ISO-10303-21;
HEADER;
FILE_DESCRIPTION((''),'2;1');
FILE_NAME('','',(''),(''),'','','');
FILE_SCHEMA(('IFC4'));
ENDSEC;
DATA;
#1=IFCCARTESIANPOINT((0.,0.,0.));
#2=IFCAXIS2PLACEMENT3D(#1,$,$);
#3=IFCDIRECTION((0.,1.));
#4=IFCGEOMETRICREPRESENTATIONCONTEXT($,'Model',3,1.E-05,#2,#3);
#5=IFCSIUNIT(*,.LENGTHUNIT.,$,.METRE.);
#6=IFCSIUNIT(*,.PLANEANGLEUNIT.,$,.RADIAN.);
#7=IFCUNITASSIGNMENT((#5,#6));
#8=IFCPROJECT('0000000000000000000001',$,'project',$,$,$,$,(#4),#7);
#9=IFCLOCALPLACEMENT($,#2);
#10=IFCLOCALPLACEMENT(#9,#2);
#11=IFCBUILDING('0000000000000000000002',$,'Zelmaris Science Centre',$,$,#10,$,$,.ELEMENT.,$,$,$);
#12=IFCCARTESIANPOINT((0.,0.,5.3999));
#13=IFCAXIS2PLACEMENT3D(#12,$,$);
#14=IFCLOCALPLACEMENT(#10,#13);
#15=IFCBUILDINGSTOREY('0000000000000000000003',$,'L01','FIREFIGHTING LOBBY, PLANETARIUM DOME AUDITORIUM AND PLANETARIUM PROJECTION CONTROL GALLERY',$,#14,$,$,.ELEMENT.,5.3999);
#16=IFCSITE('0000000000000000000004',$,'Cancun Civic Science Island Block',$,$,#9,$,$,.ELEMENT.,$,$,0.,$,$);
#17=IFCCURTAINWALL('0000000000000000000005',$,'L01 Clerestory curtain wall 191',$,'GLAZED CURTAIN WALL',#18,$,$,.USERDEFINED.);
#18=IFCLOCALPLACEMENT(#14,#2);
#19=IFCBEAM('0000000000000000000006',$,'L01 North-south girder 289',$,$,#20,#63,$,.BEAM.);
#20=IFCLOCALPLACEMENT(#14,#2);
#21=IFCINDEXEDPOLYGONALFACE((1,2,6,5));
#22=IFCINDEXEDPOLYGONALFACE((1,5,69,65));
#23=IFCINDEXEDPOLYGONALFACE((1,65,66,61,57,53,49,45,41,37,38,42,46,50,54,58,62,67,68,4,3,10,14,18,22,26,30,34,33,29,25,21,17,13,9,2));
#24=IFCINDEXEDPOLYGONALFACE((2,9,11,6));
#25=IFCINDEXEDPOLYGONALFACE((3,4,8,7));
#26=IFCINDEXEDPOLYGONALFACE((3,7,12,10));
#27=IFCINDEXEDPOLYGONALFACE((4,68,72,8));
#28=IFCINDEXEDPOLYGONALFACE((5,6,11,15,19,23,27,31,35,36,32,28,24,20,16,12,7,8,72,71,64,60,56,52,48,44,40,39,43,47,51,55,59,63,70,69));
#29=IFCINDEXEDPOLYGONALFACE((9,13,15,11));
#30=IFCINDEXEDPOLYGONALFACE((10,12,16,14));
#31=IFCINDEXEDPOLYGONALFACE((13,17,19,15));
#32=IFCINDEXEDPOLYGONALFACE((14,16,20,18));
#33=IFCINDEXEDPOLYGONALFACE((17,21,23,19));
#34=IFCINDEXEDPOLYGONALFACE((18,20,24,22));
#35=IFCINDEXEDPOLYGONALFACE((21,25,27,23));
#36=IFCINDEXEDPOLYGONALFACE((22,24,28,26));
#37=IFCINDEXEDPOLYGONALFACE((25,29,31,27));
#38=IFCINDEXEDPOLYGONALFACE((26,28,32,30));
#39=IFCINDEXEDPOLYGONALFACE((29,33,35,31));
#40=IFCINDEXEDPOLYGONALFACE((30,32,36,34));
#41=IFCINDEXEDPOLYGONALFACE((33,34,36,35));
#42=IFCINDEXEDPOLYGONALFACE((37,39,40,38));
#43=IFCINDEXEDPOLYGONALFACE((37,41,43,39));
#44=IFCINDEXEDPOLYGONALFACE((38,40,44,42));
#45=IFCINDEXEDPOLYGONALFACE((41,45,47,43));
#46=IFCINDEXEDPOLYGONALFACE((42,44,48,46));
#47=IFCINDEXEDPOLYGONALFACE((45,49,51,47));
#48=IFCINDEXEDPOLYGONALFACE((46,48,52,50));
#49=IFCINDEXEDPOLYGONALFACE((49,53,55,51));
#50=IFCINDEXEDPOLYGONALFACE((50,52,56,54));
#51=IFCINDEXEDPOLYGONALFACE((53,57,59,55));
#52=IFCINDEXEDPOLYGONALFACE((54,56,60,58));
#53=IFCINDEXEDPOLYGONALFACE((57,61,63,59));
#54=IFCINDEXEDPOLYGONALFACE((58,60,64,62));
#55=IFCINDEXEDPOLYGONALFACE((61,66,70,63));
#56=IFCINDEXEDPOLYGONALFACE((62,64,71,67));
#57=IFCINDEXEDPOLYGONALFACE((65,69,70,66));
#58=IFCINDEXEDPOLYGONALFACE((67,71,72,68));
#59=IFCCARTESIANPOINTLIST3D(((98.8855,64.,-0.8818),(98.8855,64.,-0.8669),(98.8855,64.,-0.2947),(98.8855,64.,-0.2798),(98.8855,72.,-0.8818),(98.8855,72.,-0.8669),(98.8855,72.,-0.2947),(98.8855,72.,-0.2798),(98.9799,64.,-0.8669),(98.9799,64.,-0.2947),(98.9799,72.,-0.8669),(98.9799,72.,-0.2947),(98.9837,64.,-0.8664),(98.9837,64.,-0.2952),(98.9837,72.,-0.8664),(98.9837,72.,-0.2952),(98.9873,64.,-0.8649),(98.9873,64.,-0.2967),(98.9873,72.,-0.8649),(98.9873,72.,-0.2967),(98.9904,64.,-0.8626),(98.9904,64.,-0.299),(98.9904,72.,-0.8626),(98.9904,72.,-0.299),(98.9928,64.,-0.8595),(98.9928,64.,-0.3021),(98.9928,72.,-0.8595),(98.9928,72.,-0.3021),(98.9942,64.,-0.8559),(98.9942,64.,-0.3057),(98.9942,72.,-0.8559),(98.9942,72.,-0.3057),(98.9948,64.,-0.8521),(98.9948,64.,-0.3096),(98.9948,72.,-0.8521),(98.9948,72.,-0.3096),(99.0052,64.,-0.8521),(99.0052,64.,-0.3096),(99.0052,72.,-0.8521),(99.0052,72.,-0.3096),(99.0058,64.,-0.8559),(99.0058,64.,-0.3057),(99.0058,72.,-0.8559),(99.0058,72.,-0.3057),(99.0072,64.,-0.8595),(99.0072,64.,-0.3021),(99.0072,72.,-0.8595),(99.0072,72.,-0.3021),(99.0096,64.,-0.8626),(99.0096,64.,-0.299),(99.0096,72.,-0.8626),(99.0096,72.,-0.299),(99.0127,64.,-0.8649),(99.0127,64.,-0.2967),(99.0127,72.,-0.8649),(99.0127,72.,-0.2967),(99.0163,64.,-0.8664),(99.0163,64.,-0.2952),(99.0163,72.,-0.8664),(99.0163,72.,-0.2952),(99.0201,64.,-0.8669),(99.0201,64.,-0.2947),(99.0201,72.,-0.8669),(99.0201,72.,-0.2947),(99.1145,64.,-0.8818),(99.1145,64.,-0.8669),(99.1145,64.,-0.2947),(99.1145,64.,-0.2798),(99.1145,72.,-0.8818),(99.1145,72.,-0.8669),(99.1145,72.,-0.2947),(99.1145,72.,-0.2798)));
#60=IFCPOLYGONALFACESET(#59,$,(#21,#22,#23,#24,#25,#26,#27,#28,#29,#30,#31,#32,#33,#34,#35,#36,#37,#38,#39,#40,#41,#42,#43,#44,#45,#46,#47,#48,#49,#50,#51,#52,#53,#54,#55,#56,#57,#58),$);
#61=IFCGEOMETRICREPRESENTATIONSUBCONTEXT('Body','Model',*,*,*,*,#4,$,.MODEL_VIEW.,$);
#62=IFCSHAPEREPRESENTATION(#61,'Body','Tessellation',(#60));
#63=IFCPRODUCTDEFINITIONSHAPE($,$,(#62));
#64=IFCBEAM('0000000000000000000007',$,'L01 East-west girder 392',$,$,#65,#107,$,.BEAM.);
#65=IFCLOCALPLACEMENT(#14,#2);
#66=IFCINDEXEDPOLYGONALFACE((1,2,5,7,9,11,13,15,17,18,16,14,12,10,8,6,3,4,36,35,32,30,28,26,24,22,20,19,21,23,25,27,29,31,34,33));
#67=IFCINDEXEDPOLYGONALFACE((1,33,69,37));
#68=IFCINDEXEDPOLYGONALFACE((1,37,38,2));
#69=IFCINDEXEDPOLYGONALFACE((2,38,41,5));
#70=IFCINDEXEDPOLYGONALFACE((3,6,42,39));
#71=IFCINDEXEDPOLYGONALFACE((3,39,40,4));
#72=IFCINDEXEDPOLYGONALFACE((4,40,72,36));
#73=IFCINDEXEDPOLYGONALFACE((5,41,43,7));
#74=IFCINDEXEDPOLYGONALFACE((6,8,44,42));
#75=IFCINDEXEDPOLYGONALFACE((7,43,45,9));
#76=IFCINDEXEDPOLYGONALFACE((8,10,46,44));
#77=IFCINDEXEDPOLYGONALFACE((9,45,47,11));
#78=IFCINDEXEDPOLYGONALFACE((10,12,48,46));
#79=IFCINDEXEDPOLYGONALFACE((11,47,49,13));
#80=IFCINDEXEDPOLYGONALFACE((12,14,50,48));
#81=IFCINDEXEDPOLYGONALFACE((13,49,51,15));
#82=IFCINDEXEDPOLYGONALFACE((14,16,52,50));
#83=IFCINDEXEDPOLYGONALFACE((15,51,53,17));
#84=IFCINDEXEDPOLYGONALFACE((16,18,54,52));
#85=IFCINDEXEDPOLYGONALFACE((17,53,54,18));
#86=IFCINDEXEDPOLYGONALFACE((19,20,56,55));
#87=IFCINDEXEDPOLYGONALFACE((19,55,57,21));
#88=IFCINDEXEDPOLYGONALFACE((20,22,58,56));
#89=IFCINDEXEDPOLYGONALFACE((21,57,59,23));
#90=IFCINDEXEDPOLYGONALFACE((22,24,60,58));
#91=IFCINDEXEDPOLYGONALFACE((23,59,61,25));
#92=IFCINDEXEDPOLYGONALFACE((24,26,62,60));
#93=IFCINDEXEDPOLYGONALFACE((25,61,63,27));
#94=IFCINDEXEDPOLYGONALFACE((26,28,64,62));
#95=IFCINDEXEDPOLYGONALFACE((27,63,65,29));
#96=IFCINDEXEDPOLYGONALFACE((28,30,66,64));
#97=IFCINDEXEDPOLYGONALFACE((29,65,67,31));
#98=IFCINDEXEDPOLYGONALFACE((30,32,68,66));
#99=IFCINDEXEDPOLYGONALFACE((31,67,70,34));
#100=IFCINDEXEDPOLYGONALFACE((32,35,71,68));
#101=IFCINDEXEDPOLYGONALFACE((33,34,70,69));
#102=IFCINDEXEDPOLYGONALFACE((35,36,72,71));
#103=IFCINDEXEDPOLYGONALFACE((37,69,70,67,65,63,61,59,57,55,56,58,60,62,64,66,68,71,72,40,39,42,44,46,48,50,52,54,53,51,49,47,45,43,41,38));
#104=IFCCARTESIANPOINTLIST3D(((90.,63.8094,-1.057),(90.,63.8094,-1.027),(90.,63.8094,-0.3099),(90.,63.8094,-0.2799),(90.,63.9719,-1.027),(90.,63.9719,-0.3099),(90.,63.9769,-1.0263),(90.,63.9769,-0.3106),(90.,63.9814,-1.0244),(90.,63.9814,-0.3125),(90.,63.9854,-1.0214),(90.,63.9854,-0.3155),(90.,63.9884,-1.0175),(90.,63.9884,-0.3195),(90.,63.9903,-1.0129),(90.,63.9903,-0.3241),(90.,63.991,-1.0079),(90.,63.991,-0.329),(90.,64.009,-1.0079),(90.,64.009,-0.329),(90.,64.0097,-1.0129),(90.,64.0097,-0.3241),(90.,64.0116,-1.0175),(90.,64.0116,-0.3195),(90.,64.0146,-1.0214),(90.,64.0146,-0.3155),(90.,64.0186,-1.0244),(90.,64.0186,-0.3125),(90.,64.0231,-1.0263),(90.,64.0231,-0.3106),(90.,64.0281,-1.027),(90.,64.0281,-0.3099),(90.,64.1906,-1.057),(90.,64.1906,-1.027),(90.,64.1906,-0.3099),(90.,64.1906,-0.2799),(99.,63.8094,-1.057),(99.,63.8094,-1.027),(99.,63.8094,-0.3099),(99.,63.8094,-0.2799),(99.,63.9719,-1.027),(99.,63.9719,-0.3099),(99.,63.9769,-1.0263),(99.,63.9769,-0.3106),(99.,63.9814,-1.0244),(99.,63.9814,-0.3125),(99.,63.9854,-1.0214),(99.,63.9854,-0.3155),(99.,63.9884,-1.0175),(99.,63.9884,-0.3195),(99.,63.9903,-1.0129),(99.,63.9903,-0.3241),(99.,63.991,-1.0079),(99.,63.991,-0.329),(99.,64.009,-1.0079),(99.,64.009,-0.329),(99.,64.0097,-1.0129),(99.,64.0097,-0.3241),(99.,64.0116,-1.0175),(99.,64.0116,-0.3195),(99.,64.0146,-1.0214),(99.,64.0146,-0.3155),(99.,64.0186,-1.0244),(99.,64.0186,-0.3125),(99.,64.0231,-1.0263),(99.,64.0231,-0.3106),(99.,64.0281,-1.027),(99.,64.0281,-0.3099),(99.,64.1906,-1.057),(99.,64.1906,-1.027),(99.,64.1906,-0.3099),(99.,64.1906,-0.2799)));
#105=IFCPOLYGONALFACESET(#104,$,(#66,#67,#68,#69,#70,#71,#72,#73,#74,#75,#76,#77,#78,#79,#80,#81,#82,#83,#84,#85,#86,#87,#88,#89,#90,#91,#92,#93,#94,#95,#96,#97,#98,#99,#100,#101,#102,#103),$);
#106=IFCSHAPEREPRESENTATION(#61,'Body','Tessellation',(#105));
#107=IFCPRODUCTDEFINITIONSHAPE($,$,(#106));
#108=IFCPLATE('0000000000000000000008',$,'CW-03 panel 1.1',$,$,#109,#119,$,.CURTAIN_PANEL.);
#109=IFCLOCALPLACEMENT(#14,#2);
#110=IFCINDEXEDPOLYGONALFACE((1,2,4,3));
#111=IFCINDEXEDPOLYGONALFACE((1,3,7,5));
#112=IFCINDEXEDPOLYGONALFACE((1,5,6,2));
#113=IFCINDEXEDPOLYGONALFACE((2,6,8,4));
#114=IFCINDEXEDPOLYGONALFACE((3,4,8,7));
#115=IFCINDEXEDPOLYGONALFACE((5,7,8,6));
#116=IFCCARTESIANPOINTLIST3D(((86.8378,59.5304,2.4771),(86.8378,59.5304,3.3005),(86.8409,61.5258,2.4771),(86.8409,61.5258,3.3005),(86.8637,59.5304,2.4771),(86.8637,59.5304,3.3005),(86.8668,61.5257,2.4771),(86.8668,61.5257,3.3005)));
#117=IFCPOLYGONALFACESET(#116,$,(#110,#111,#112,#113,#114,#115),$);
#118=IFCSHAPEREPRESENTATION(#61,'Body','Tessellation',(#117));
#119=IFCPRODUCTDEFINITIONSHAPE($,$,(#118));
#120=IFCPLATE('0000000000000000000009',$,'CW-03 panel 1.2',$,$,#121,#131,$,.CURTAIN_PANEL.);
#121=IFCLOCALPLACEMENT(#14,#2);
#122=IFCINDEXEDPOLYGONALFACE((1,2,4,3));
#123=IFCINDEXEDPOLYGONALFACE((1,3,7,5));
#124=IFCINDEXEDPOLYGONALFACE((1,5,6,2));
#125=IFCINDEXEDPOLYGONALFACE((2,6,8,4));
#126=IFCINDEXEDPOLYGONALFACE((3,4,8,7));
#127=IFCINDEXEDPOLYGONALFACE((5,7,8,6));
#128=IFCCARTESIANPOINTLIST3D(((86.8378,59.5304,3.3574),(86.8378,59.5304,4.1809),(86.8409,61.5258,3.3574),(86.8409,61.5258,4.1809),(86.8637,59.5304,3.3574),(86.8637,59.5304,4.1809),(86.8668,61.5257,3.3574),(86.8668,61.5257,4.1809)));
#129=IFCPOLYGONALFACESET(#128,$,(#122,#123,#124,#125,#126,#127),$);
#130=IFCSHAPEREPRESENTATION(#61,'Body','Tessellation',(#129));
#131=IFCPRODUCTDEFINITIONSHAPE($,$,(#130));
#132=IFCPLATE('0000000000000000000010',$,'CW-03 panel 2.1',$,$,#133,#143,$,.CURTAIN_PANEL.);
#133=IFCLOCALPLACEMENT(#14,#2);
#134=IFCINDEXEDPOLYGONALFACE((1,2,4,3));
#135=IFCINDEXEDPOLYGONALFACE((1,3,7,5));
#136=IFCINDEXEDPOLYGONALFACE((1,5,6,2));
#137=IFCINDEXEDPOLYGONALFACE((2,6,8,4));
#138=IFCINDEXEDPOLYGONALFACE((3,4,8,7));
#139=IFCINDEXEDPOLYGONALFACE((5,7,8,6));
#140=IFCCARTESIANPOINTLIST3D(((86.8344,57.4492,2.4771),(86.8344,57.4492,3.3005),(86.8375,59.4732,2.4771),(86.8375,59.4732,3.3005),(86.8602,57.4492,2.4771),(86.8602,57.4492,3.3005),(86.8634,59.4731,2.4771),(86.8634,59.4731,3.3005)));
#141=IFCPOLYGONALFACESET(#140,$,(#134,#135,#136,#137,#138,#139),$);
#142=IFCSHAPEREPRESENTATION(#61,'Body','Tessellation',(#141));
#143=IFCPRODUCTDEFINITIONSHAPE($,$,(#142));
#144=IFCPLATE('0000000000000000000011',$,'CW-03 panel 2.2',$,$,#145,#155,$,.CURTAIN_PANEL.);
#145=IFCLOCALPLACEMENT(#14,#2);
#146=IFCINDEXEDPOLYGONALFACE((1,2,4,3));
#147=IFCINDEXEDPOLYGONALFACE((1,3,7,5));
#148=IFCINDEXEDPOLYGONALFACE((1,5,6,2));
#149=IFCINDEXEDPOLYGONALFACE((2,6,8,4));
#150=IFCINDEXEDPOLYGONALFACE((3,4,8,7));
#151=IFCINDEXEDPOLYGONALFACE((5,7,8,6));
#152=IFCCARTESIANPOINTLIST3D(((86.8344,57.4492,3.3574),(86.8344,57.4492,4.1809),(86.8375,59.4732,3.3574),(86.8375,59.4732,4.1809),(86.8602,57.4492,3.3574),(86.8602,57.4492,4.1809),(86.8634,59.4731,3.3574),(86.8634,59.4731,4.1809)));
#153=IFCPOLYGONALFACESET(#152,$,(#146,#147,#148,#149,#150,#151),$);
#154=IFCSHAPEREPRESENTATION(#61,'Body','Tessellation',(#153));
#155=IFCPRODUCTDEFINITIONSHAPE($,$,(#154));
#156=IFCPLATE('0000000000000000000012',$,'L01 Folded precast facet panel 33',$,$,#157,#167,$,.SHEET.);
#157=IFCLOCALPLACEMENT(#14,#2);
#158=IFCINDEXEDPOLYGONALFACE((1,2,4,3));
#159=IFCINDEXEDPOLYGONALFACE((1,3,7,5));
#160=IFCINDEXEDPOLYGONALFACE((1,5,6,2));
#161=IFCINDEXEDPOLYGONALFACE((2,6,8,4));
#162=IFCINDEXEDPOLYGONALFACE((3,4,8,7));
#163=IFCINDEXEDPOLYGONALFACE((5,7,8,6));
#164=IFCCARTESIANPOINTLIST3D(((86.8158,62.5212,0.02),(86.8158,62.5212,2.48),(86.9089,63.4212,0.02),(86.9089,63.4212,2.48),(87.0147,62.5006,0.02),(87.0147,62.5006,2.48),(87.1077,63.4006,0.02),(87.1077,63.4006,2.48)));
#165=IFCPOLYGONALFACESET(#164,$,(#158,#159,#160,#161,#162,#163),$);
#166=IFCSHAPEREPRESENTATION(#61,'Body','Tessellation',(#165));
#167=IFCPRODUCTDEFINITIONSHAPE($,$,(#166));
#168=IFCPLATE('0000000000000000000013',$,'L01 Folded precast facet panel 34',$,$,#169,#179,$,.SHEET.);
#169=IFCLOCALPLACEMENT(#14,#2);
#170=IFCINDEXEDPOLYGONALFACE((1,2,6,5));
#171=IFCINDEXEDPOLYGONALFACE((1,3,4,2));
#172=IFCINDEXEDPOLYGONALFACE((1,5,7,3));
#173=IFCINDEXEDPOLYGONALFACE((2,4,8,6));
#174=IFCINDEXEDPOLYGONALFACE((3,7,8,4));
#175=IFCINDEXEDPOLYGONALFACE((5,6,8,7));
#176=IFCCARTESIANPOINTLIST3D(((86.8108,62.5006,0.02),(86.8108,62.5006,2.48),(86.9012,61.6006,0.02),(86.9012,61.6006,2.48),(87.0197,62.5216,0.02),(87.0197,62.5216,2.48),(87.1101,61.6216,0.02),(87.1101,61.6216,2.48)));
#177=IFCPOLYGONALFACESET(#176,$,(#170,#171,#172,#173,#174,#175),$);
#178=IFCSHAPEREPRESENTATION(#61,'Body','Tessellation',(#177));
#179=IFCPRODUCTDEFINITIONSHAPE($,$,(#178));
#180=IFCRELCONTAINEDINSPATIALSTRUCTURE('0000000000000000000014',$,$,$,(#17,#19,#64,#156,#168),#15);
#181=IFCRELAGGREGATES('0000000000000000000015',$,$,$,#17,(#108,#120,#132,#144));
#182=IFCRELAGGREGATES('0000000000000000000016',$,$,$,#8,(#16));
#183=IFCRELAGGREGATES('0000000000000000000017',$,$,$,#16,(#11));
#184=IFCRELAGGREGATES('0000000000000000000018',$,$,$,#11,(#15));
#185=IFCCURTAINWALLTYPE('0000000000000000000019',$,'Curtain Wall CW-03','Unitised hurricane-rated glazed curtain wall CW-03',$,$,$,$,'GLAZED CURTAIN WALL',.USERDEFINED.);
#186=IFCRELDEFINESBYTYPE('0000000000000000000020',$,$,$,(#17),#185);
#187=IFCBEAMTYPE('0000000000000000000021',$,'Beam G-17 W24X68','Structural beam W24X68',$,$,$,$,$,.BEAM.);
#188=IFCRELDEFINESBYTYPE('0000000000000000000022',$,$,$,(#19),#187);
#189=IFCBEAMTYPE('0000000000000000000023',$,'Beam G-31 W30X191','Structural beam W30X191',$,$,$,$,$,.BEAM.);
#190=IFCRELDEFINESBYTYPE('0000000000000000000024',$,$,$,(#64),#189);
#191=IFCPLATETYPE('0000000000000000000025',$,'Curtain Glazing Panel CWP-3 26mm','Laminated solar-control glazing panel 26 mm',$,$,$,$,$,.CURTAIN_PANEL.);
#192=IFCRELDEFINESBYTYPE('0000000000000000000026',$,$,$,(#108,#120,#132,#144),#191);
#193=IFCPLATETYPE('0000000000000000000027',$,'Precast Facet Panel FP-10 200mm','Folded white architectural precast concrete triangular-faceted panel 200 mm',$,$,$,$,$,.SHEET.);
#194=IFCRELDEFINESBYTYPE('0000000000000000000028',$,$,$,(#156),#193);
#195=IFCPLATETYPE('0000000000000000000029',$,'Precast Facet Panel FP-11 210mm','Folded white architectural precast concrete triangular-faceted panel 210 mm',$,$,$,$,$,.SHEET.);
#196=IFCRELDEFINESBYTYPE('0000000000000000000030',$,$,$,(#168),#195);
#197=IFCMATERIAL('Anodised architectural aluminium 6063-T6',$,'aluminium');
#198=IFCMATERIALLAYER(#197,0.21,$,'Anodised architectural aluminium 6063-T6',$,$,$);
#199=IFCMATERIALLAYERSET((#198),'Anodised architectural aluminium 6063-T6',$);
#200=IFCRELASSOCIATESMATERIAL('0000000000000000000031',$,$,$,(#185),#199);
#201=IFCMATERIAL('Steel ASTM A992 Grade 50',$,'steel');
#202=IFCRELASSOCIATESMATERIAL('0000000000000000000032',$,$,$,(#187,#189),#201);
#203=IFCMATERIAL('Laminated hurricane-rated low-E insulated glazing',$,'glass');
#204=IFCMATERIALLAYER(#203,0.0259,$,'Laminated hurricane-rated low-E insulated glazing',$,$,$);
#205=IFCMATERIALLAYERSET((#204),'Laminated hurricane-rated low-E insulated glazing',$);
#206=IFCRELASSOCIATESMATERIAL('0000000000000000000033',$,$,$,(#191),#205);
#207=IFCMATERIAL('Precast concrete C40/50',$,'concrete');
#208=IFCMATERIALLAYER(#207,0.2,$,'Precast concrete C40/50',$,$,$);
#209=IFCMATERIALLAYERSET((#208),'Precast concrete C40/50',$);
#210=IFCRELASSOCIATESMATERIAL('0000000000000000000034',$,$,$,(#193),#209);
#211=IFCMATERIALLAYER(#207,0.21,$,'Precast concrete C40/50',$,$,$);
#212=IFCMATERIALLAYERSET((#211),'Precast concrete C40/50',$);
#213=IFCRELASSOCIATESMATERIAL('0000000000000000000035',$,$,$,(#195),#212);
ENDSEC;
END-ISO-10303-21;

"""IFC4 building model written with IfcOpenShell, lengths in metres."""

from ifc_helpers import new_model, si_unit, direction, frame, frame_2d, origin, origin_2d, place, context, subcontext, project, spatial, rectangle, i_section, extrude, material, layer, layer_set, material_profile, profile_set, type_object, element, aggregate, save


model = new_model("IFC4")

# Units and contexts
model_context = context("Model", 3, precision=1e-05, world=origin(), true_north=direction((0.0, 1.0)))
body_context = subcontext(model_context, "Body", "Model", "MODEL_VIEW")
ifc_project = project(units=[si_unit("LENGTHUNIT", "METRE"), si_unit("PLANEANGLEUNIT", "RADIAN")], contexts=[model_context])

# Site, building, storey
site_placement = place(None, origin())
site = spatial("IfcSite", under=ifc_project, at=site_placement, Name="Cancun Civic Science Island Block", CompositionType="ELEMENT", RefElevation=0.0)
building_placement = place(site_placement, origin())
building = spatial("IfcBuilding", under=site, at=building_placement, Name="Zelmaris Science Centre", CompositionType="ELEMENT")
storey_placement = place(building_placement, frame((0.0, 0.0, 5.3999)))
storey = spatial("IfcBuildingStorey", under=building, at=storey_placement, Name="L01", Description="FIREFIGHTING LOBBY, PLANETARIUM DOME AUDITORIUM AND PLANETARIUM PROJECTION CONTROL GALLERY", CompositionType="ELEMENT", Elevation=5.3999)

# Shared definitions
ifc_material_1 = material(Name="Steel ASTM A992 Grade 50", Category="steel")

# Curtain wall
ifc_material_2 = material(Name="Anodised architectural aluminium 6063-T6", Category="aluminium")
ifc_layer_1 = layer(ifc_material_2, 0.21, Name="Anodised architectural aluminium 6063-T6")
ifc_layer_set_1 = layer_set([ifc_layer_1], Name="Anodised architectural aluminium 6063-T6")
curtain_wall_type = type_object("IfcCurtainWallType", Name="Curtain Wall CW-03", Description="Unitised hurricane-rated glazed curtain wall CW-03", ElementType="GLAZED CURTAIN WALL", PredefinedType="USERDEFINED", material=ifc_layer_set_1)
curtain_wall_placement = place(storey_placement, origin())
curtain_wall = element("IfcCurtainWall", 1, at=curtain_wall_placement, inside=storey, type_object=curtain_wall_type, Name="L01 Clerestory curtain wall 191", ObjectType="GLAZED CURTAIN WALL", PredefinedType="USERDEFINED")

# Beams
ifc_material_profile_1 = material_profile(ifc_material_1, i_section(OverallWidth=0.229, OverallDepth=0.6021, WebThickness=0.0105, FlangeThickness=0.0149, FilletRadius=0.0149, at=origin_2d()), Name="W24X68")
ifc_profile_set_1 = profile_set([ifc_material_profile_1], Name="Steel ASTM A992 Grade 50")
beam_type_1 = type_object("IfcBeamType", Name="Beam G-17 W24X68", Description="Structural beam W24X68", PredefinedType="BEAM", material=ifc_profile_set_1)
beam_1_placement = place(storey_placement, frame((99.0, 64.0, -0.5808), z_axis=(0.0, 1.0, 0.0), x_axis=(-1.0, 0.0, 0.0)))
element("IfcBeam", 2, at=beam_1_placement, inside=storey, type_object=beam_type_1, Name="L01 North-south girder 289", PredefinedType="BEAM", context=body_context, shape_type="SweptSolid", body=[
    extrude(i_section(OverallWidth=0.229, OverallDepth=0.6021, WebThickness=0.0105, FlangeThickness=0.0149, FilletRadius=0.0149, at=origin_2d()), origin(), (0.0, 0.0, 1.0), 8.0),
])
ifc_material_profile_2 = material_profile(ifc_material_1, i_section(OverallWidth=0.3811, OverallDepth=0.7771, WebThickness=0.0181, FlangeThickness=0.03, FilletRadius=0.019, at=origin_2d()), Name="W30X191")
ifc_profile_set_2 = profile_set([ifc_material_profile_2], Name="Steel ASTM A992 Grade 50")
beam_type_2 = type_object("IfcBeamType", Name="Beam G-31 W30X191", Description="Structural beam W30X191", PredefinedType="BEAM", material=ifc_profile_set_2)
beam_2_placement = place(storey_placement, frame((90.0, 64.0, -0.6685), z_axis=(1.0, 0.0, 0.0), x_axis=(0.0, 1.0, 0.0)))
element("IfcBeam", 3, at=beam_2_placement, inside=storey, type_object=beam_type_2, Name="L01 East-west girder 392", PredefinedType="BEAM", context=body_context, shape_type="SweptSolid", body=[
    extrude(i_section(OverallWidth=0.3811, OverallDepth=0.7771, WebThickness=0.0181, FlangeThickness=0.03, FilletRadius=0.019, at=origin_2d()), origin(), (0.0, 0.0, 1.0), 9.0),
])

# Plates
ifc_material_3 = material(Name="Laminated hurricane-rated low-E insulated glazing", Category="glass")
ifc_layer_2 = layer(ifc_material_3, 0.0259, Name="Laminated hurricane-rated low-E insulated glazing")
ifc_layer_set_2 = layer_set([ifc_layer_2], Name="Laminated hurricane-rated low-E insulated glazing")
plate_type_1 = type_object("IfcPlateType", Name="Curtain Glazing Panel CWP-3 26mm", Description="Laminated solar-control glazing panel 26 mm", PredefinedType="CURTAIN_PANEL", material=ifc_layer_set_2)
plate_1_placement = place(storey_placement, frame((86.8523, 60.5281, 2.4771), z_axis=(0.0, 0.0, 1.0), x_axis=(-0.001565, -0.999999, 0.0)))
plate_1 = element("IfcPlate", 4, at=plate_1_placement, type_object=plate_type_1, Name="CW-03 panel 1.1", PredefinedType="CURTAIN_PANEL", context=body_context, shape_type="SweptSolid", body=[
    extrude(rectangle(XDim=1.9954, YDim=0.0259, at=origin_2d()), origin(), (0.0, 0.0, 1.0), 0.8235),
])
plate_2_placement = place(storey_placement, frame((86.8523, 60.5281, 3.3574), z_axis=(0.0, 0.0, 1.0), x_axis=(-0.001565, -0.999999, 0.0)))
plate_2 = element("IfcPlate", 5, at=plate_2_placement, type_object=plate_type_1, Name="CW-03 panel 1.2", PredefinedType="CURTAIN_PANEL", context=body_context, shape_type="SweptSolid", body=[
    extrude(rectangle(XDim=1.9954, YDim=0.0259, at=origin_2d()), origin(), (0.0, 0.0, 1.0), 0.8235),
])
plate_3_placement = place(storey_placement, frame((86.8489, 58.4612, 2.4771), z_axis=(0.0, 0.0, 1.0), x_axis=(-0.001565, -0.999999, 0.0)))
plate_3 = element("IfcPlate", 6, at=plate_3_placement, type_object=plate_type_1, Name="CW-03 panel 2.1", PredefinedType="CURTAIN_PANEL", context=body_context, shape_type="SweptSolid", body=[
    extrude(rectangle(XDim=2.0239, YDim=0.0259, at=origin_2d()), origin(), (0.0, 0.0, 1.0), 0.8235),
])
plate_4_placement = place(storey_placement, frame((86.8489, 58.4612, 3.3574), z_axis=(0.0, 0.0, 1.0), x_axis=(-0.001565, -0.999999, 0.0)))
plate_4 = element("IfcPlate", 7, at=plate_4_placement, type_object=plate_type_1, Name="CW-03 panel 2.2", PredefinedType="CURTAIN_PANEL", context=body_context, shape_type="SweptSolid", body=[
    extrude(rectangle(XDim=2.0239, YDim=0.0259, at=origin_2d()), origin(), (0.0, 0.0, 1.0), 0.8235),
])
aggregate(curtain_wall, [plate_1, plate_2, plate_3, plate_4])

# Plates
ifc_material_4 = material(Name="Precast concrete C40/50", Category="concrete")
ifc_layer_3 = layer(ifc_material_4, 0.2, Name="Precast concrete C40/50")
ifc_layer_set_3 = layer_set([ifc_layer_3], Name="Precast concrete C40/50")
plate_type_2 = type_object("IfcPlateType", Name="Precast Facet Panel FP-10 200mm", Description="Folded white architectural precast concrete triangular-faceted panel 200 mm", PredefinedType="SHEET", material=ifc_layer_set_3)
plate_5_placement = place(storey_placement, frame((87.0083, 63.4109, 0.02), z_axis=(0.0, 0.0, 1.0), x_axis=(-0.102816, -0.9947, 0.0)))
element("IfcPlate", 8, at=plate_5_placement, inside=storey, type_object=plate_type_2, Name="L01 Folded precast facet panel 33", PredefinedType="SHEET", context=body_context, shape_type="SweptSolid", body=[
    extrude(rectangle(XDim=0.9048, YDim=0.2, at=frame_2d((0.4524, 0.0))), origin(), (0.0, 0.0, 1.0), 2.46),
])
ifc_layer_4 = layer(ifc_material_4, 0.21, Name="Precast concrete C40/50")
ifc_layer_set_4 = layer_set([ifc_layer_4], Name="Precast concrete C40/50")
plate_type_3 = type_object("IfcPlateType", Name="Precast Facet Panel FP-11 210mm", Description="Folded white architectural precast concrete triangular-faceted panel 210 mm", PredefinedType="SHEET", material=ifc_layer_set_4)
plate_6_placement = place(storey_placement, frame((86.9153, 62.511, 0.02), z_axis=(0.0, 0.0, 1.0), x_axis=(0.099878, -0.995, 0.0)))
element("IfcPlate", 9, at=plate_6_placement, inside=storey, type_object=plate_type_3, Name="L01 Folded precast facet panel 34", PredefinedType="SHEET", context=body_context, shape_type="SweptSolid", body=[
    extrude(rectangle(XDim=0.9045, YDim=0.21, at=frame_2d((0.4521, 0.0))), origin(), (0.0, 0.0, 1.0), 2.46),
])

save(model, "model.ifc")
